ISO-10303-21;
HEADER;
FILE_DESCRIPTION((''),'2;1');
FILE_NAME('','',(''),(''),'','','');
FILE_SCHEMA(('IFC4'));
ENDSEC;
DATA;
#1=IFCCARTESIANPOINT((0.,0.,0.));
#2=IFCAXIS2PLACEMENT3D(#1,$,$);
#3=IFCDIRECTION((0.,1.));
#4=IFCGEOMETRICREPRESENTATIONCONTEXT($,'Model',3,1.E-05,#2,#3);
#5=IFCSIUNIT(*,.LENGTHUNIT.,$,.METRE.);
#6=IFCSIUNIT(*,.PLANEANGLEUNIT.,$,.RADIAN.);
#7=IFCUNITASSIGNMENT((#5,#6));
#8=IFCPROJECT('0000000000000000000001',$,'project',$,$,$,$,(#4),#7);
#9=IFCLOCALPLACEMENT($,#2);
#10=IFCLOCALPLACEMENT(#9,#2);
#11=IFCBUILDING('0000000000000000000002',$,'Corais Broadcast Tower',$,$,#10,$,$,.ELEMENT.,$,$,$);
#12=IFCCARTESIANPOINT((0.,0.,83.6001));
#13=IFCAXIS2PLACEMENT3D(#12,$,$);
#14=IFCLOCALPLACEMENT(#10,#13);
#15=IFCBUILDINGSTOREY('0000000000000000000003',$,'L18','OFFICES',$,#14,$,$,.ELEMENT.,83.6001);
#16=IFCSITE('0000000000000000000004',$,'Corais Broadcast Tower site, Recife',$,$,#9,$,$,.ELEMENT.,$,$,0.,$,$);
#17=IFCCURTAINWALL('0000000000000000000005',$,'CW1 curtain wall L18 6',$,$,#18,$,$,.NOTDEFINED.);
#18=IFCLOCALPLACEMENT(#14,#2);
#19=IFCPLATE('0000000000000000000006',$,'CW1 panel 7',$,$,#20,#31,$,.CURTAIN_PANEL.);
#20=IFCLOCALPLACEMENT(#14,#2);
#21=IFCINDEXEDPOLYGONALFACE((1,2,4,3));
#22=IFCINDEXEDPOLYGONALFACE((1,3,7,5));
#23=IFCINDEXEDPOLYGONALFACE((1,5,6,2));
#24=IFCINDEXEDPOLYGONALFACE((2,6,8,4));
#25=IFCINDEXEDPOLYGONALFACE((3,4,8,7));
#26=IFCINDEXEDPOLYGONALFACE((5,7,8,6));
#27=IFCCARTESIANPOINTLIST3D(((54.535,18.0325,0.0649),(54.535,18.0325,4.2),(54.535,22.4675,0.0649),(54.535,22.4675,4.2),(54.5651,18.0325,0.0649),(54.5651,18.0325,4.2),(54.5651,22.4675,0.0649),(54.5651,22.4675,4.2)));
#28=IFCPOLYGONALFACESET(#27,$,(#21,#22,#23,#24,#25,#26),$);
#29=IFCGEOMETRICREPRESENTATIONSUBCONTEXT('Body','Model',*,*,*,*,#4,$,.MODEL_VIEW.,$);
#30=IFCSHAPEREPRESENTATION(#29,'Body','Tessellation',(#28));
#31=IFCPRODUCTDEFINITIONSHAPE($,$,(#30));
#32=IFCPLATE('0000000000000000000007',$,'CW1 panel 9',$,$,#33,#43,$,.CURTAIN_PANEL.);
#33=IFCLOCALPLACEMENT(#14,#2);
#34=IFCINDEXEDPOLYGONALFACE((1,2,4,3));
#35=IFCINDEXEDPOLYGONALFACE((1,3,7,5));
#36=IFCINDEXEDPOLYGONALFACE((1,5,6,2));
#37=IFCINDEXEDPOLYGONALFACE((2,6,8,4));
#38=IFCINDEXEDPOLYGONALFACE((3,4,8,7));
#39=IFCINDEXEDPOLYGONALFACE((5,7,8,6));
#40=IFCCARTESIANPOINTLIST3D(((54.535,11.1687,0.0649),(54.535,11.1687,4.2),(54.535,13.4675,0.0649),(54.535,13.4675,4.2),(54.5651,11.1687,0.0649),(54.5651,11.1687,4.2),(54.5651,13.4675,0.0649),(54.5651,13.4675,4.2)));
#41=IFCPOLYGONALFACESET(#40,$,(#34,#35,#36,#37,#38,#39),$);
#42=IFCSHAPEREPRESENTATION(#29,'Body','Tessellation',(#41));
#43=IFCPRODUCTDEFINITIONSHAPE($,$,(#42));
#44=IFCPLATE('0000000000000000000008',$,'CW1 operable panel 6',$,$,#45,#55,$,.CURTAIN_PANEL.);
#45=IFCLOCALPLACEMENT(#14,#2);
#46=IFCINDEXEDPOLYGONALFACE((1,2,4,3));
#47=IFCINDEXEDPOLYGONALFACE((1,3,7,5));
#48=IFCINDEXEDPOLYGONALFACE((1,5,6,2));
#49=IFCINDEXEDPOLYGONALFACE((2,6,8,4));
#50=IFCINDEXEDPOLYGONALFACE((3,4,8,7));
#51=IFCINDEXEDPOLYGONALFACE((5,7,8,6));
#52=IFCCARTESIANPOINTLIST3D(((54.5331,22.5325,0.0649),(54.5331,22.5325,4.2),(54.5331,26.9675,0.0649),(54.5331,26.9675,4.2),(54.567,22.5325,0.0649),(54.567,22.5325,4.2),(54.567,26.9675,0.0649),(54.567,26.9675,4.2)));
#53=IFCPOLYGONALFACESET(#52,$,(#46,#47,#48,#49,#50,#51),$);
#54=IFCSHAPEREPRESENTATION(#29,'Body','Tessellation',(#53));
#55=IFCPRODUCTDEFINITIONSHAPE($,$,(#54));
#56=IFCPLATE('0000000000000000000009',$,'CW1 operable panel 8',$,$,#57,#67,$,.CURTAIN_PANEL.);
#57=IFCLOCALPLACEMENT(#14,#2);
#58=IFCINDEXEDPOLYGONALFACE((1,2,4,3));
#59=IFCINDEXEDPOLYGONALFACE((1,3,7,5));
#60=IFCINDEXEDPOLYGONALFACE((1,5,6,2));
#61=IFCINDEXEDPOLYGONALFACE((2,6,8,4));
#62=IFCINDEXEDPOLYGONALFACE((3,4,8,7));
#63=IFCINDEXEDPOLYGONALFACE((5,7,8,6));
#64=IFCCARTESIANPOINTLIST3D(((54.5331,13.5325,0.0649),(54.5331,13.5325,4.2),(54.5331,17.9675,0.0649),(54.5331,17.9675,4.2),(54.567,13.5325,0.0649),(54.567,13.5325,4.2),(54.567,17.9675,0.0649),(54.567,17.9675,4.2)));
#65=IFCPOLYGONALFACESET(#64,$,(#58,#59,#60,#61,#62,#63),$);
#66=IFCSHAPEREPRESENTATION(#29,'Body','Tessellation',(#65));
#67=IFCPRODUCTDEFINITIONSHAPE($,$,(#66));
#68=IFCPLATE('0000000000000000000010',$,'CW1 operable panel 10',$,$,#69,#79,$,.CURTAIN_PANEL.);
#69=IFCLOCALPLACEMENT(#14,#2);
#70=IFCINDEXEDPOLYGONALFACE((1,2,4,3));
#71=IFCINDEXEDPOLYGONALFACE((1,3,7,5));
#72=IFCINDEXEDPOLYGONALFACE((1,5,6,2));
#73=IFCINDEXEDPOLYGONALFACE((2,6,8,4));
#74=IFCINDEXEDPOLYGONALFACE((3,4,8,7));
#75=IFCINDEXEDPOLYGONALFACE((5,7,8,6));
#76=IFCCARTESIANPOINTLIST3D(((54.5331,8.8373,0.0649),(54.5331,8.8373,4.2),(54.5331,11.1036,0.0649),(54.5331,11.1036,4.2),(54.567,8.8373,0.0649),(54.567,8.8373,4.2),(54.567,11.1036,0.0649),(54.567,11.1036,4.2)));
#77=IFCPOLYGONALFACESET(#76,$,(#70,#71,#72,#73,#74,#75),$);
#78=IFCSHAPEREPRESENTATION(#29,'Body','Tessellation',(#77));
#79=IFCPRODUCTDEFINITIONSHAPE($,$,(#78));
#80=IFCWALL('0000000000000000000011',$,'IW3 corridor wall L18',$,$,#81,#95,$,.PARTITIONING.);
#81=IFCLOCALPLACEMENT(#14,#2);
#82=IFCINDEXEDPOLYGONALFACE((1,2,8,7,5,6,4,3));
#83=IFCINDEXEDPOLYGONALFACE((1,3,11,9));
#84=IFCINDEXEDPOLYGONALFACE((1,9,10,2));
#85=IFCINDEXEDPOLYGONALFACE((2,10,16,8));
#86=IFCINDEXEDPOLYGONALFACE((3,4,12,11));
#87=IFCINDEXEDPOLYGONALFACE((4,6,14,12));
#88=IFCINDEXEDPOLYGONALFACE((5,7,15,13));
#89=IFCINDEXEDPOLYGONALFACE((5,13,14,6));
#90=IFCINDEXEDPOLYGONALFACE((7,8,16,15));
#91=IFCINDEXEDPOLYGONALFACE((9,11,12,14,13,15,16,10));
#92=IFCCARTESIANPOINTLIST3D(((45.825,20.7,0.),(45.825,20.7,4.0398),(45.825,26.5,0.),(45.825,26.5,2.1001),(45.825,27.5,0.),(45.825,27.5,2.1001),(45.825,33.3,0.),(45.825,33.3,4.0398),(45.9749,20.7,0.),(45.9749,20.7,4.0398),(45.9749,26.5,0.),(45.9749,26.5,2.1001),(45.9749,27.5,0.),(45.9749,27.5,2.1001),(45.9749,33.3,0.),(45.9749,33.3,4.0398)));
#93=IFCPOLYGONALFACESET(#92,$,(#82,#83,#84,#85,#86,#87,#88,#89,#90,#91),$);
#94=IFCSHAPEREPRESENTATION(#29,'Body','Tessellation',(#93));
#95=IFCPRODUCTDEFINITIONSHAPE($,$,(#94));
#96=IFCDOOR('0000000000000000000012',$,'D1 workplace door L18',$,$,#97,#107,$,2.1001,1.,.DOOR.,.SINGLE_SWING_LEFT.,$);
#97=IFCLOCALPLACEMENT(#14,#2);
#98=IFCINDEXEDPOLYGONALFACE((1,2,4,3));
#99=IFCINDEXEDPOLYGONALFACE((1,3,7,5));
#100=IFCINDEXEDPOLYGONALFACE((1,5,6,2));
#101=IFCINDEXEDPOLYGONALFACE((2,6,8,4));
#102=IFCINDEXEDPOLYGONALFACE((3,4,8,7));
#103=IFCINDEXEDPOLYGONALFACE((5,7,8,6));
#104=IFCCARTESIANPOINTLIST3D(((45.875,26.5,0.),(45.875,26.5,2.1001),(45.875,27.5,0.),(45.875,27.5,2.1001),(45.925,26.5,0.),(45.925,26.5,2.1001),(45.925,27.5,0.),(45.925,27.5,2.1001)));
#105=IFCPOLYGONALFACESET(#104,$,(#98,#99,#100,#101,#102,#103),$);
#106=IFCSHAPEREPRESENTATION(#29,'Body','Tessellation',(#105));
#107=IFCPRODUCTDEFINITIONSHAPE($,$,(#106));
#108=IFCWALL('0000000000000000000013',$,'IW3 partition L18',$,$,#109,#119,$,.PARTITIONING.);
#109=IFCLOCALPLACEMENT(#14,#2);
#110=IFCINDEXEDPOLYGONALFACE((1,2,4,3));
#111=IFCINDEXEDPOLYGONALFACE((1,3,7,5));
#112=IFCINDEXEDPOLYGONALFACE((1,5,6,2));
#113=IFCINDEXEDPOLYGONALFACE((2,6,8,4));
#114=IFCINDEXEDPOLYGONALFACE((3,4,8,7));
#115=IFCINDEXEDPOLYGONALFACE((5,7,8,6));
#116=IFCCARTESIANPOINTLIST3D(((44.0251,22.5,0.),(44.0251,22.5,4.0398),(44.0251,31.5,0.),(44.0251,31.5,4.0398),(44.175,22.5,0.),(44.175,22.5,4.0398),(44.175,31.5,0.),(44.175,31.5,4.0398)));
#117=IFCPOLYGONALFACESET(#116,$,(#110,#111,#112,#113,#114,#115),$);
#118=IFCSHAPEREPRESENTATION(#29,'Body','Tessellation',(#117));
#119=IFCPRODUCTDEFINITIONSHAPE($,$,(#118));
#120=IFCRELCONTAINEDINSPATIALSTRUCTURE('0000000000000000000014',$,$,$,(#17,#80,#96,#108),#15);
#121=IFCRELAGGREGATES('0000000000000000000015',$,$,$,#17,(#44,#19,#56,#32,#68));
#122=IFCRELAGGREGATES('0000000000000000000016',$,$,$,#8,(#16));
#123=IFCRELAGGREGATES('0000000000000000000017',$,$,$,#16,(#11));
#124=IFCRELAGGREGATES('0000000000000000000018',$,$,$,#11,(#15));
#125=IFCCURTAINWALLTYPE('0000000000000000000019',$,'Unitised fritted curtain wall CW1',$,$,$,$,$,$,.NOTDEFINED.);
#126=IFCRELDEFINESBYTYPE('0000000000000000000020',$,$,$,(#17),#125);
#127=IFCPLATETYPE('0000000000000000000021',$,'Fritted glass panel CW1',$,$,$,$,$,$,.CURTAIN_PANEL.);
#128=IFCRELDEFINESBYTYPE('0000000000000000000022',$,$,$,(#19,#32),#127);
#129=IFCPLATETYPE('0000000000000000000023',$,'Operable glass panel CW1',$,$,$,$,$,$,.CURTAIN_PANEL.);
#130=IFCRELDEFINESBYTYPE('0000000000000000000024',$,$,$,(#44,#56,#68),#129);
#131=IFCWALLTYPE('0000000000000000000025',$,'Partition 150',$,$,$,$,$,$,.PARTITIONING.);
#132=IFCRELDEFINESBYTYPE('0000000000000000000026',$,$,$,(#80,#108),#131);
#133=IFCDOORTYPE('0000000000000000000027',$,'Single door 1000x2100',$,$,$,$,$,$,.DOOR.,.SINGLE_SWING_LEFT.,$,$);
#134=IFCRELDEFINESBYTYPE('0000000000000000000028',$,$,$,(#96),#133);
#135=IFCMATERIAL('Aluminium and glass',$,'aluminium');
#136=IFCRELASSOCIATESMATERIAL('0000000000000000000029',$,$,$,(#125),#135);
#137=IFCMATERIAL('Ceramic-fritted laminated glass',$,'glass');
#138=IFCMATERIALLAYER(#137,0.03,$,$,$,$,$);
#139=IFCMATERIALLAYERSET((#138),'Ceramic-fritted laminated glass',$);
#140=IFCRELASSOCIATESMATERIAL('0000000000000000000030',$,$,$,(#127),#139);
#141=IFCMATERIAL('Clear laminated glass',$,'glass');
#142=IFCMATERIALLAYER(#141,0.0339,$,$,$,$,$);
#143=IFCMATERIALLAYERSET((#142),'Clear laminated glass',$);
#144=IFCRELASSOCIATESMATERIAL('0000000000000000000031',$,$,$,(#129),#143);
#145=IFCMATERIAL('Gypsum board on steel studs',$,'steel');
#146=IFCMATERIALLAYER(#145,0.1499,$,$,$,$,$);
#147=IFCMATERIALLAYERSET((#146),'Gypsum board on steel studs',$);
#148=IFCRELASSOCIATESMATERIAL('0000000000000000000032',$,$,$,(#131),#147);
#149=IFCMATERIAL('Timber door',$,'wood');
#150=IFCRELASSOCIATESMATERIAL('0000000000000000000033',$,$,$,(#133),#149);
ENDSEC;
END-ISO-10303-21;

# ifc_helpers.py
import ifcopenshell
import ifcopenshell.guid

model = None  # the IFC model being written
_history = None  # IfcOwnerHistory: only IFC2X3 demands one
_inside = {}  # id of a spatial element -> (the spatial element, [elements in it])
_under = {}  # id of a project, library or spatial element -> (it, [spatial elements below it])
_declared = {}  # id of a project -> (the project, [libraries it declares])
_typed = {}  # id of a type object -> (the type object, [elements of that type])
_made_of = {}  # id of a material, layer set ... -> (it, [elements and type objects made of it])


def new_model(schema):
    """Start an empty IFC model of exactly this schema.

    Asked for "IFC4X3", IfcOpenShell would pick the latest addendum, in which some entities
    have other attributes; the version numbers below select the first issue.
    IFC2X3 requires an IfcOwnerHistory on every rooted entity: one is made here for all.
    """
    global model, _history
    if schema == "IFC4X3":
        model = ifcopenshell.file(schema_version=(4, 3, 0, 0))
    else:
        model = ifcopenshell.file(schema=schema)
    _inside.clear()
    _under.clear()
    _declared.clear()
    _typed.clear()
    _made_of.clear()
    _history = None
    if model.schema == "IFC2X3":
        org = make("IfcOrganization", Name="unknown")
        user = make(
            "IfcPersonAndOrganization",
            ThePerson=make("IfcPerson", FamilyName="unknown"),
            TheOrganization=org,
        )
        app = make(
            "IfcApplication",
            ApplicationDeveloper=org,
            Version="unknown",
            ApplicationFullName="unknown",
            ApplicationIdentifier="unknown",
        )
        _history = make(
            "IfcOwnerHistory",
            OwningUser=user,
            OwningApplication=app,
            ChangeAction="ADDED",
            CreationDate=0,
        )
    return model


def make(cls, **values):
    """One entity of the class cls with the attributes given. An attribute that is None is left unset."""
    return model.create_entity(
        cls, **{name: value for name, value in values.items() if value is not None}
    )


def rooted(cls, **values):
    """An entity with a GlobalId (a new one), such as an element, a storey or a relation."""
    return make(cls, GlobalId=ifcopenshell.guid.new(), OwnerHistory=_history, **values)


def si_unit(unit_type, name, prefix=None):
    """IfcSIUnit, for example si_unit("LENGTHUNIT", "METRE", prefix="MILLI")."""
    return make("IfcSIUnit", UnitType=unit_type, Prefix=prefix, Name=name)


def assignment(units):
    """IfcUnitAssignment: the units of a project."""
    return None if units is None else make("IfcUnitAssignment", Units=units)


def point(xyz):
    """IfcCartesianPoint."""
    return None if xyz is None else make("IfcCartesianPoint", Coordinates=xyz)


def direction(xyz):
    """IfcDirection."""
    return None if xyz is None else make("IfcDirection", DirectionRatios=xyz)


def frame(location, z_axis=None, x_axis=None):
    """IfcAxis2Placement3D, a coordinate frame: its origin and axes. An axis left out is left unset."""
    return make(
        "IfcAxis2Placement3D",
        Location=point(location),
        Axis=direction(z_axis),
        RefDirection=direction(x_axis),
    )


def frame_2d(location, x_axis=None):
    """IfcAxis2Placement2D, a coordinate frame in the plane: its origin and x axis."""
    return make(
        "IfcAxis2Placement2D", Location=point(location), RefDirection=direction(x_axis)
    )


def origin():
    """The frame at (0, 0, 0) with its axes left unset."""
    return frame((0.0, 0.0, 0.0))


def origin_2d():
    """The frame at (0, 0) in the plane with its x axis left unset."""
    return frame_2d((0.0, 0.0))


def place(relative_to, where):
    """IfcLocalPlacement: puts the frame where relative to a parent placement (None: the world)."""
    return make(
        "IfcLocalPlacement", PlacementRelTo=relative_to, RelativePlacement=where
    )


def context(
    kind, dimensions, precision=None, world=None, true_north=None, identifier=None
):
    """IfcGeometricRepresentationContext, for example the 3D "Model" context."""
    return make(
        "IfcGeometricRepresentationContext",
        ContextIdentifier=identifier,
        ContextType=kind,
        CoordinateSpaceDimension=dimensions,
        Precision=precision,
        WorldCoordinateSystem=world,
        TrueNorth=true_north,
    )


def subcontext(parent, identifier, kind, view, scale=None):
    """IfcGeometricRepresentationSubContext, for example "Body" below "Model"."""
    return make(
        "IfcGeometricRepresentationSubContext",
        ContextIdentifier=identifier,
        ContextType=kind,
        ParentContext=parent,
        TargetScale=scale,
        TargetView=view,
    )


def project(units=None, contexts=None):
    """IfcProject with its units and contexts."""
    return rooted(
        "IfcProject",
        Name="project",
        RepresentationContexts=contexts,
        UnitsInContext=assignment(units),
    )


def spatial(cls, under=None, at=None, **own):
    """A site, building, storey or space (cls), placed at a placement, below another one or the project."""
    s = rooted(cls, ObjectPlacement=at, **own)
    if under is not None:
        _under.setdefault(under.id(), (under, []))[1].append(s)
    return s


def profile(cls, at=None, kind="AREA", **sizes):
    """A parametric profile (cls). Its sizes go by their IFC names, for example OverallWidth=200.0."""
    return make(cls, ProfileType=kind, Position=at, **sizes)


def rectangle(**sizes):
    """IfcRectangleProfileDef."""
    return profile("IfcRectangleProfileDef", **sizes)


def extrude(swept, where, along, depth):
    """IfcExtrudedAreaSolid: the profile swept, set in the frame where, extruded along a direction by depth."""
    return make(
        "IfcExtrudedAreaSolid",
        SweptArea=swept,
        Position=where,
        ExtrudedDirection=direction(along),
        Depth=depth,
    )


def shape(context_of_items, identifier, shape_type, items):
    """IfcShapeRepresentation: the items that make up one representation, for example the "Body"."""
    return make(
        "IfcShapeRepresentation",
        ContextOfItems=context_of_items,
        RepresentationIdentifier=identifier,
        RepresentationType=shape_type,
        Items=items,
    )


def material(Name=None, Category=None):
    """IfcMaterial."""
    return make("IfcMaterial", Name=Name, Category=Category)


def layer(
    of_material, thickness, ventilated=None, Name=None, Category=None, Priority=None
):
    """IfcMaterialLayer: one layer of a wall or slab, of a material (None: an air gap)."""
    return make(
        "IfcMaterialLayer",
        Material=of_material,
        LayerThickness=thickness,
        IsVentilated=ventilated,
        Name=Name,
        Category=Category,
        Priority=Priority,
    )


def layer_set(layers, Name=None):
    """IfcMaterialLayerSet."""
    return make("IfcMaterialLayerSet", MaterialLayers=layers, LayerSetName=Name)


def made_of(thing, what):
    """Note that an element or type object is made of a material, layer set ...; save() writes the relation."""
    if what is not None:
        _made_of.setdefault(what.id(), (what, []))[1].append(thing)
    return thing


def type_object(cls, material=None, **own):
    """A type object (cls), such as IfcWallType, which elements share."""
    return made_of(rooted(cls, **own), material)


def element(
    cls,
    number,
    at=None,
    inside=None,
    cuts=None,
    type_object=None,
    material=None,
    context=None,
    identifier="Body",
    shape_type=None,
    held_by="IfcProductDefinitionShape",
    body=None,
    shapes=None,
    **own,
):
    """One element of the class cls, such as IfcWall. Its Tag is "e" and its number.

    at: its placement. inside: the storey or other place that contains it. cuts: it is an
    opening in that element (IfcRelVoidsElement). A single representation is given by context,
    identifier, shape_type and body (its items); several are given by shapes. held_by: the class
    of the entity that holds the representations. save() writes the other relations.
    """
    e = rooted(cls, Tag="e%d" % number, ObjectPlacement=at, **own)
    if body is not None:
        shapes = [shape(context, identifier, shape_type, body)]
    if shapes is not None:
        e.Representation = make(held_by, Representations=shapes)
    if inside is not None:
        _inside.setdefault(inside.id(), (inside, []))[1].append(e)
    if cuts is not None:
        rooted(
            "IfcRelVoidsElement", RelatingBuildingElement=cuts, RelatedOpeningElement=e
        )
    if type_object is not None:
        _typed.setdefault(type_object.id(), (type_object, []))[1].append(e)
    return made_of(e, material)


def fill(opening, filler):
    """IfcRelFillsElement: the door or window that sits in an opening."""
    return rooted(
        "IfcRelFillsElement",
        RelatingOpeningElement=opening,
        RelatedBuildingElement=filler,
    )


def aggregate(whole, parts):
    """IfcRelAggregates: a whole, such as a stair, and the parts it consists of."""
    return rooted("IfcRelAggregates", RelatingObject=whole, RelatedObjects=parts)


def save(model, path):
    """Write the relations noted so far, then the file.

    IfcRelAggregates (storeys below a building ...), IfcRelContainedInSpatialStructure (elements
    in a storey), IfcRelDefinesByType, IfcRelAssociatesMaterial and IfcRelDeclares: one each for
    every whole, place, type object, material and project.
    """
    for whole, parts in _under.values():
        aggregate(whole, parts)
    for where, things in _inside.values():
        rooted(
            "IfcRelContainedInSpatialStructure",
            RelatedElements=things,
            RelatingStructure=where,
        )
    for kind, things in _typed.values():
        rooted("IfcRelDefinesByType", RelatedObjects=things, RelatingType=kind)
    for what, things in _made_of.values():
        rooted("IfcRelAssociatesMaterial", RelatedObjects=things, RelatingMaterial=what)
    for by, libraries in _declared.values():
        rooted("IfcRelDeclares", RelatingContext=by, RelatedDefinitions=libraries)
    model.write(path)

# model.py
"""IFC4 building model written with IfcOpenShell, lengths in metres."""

from ifc_helpers import new_model, si_unit, direction, frame, frame_2d, origin, origin_2d, place, context, subcontext, project, spatial, rectangle, extrude, material, layer, layer_set, type_object, element, fill, aggregate, save


model = new_model("IFC4")

# Units and contexts
model_context = context("Model", 3, precision=1e-05, world=origin(), true_north=direction((0.0, 1.0)))
body_context = subcontext(model_context, "Body", "Model", "MODEL_VIEW")
ifc_project = project(units=[si_unit("LENGTHUNIT", "METRE"), si_unit("PLANEANGLEUNIT", "RADIAN")], contexts=[model_context])

# Site, building, storey
site_placement = place(None, origin())
site = spatial("IfcSite", under=ifc_project, at=site_placement, Name="Corais Broadcast Tower site, Recife", CompositionType="ELEMENT", RefElevation=0.0)
building_placement = place(site_placement, origin())
building = spatial("IfcBuilding", under=site, at=building_placement, Name="Corais Broadcast Tower", CompositionType="ELEMENT")
storey_placement = place(building_placement, frame((0.0, 0.0, 83.6001)))
storey = spatial("IfcBuildingStorey", under=building, at=storey_placement, Name="L18", Description="OFFICES", CompositionType="ELEMENT", Elevation=83.6001)

# Curtain wall
ifc_material_1 = material(Name="Aluminium and glass", Category="aluminium")
curtain_wall_type = type_object("IfcCurtainWallType", Name="Unitised fritted curtain wall CW1", PredefinedType="NOTDEFINED", material=ifc_material_1)
curtain_wall_placement = place(storey_placement, origin())
curtain_wall = element("IfcCurtainWall", 1, at=curtain_wall_placement, inside=storey, type_object=curtain_wall_type, Name="CW1 curtain wall L18 6", PredefinedType="NOTDEFINED")

# Plates
ifc_material_2 = material(Name="Ceramic-fritted laminated glass", Category="glass")
ifc_layer_1 = layer(ifc_material_2, 0.03)
ifc_layer_set_1 = layer_set([ifc_layer_1], Name="Ceramic-fritted laminated glass")
plate_type_1 = type_object("IfcPlateType", Name="Fritted glass panel CW1", PredefinedType="CURTAIN_PANEL", material=ifc_layer_set_1)
plate_1_placement = place(storey_placement, frame((54.55, 20.25, 0.0649), z_axis=(0.0, 0.0, 1.0), x_axis=(0.0, -1.0, 0.0)))
plate_1 = element("IfcPlate", 2, at=plate_1_placement, type_object=plate_type_1, Name="CW1 panel 7", PredefinedType="CURTAIN_PANEL", context=body_context, shape_type="SweptSolid", body=[
    extrude(rectangle(XDim=4.4351, YDim=0.03, at=origin_2d()), origin(), (0.0, 0.0, 1.0), 4.135),
])
plate_2_placement = place(storey_placement, frame((54.55, 12.3181, 0.0649), z_axis=(0.0, 0.0, 1.0), x_axis=(0.0, -1.0, 0.0)))
plate_2 = element("IfcPlate", 3, at=plate_2_placement, type_object=plate_type_1, Name="CW1 panel 9", PredefinedType="CURTAIN_PANEL", context=body_context, shape_type="SweptSolid", body=[
    extrude(rectangle(XDim=2.2988, YDim=0.03, at=origin_2d()), origin(), (0.0, 0.0, 1.0), 4.135),
])
ifc_material_3 = material(Name="Clear laminated glass", Category="glass")
ifc_layer_2 = layer(ifc_material_3, 0.0339)
ifc_layer_set_2 = layer_set([ifc_layer_2], Name="Clear laminated glass")
plate_type_2 = type_object("IfcPlateType", Name="Operable glass panel CW1", PredefinedType="CURTAIN_PANEL", material=ifc_layer_set_2)
plate_3_placement = place(storey_placement, frame((54.55, 24.75, 0.0649), z_axis=(0.0, 0.0, 1.0), x_axis=(0.0, -1.0, 0.0)))
plate_3 = element("IfcPlate", 4, at=plate_3_placement, type_object=plate_type_2, Name="CW1 operable panel 6", PredefinedType="CURTAIN_PANEL", context=body_context, shape_type="SweptSolid", body=[
    extrude(rectangle(XDim=4.4351, YDim=0.0339, at=origin_2d()), origin(), (0.0, 0.0, 1.0), 4.135),
])
plate_4_placement = place(storey_placement, frame((54.55, 15.75, 0.0649), z_axis=(0.0, 0.0, 1.0), x_axis=(0.0, -1.0, 0.0)))
plate_4 = element("IfcPlate", 5, at=plate_4_placement, type_object=plate_type_2, Name="CW1 operable panel 8", PredefinedType="CURTAIN_PANEL", context=body_context, shape_type="SweptSolid", body=[
    extrude(rectangle(XDim=4.4351, YDim=0.0339, at=origin_2d()), origin(), (0.0, 0.0, 1.0), 4.135),
])
plate_5_placement = place(storey_placement, frame((54.55, 9.9705, 0.0649), z_axis=(0.0, 0.0, 1.0), x_axis=(0.0, -1.0, 0.0)))
plate_5 = element("IfcPlate", 6, at=plate_5_placement, type_object=plate_type_2, Name="CW1 operable panel 10", PredefinedType="CURTAIN_PANEL", context=body_context, shape_type="SweptSolid", body=[
    extrude(rectangle(XDim=2.2664, YDim=0.0339, at=origin_2d()), origin(), (0.0, 0.0, 1.0), 4.135),
])
aggregate(curtain_wall, [plate_3, plate_1, plate_4, plate_2, plate_5])

# Wall, opening, door
ifc_material_4 = material(Name="Gypsum board on steel studs", Category="steel")
ifc_layer_3 = layer(ifc_material_4, 0.1499)
ifc_layer_set_3 = layer_set([ifc_layer_3], Name="Gypsum board on steel studs")
wall_type = type_object("IfcWallType", Name="Partition 150", PredefinedType="PARTITIONING", material=ifc_layer_set_3)
wall_1_placement = place(storey_placement, frame((45.8999, 20.7, 0.0), z_axis=(0.0, 0.0, 1.0), x_axis=(0.0, 1.0, 0.0)))
wall_1 = element("IfcWall", 7, at=wall_1_placement, inside=storey, type_object=wall_type, Name="IW3 corridor wall L18", PredefinedType="PARTITIONING", context=body_context, shape_type="SweptSolid", body=[
    extrude(rectangle(XDim=12.6001, YDim=0.1499, at=frame_2d((6.3, 0.0))), origin(), (0.0, 0.0, 1.0), 4.0398),
])
opening_placement = place(wall_1_placement, frame((5.8, 0.0, 0.0)))
opening = element("IfcOpeningElement", 8, at=opening_placement, cuts=wall_1, PredefinedType="OPENING", context=body_context, shape_type="SweptSolid", body=[
    extrude(rectangle(XDim=1.0, YDim=2.1001, at=frame_2d((0.5, 1.05))), frame((0.0, 0.085, 0.0), z_axis=(0.0, -1.0, 0.0), x_axis=(1.0, 0.0, 0.0)), (0.0, 0.0, 1.0), 0.1699),
])
ifc_material_5 = material(Name="Timber door", Category="wood")
door_type = type_object("IfcDoorType", Name="Single door 1000x2100", OperationType="SINGLE_SWING_LEFT", PredefinedType="DOOR", material=ifc_material_5)
door_placement = place(opening_placement, origin())
door = element("IfcDoor", 9, at=door_placement, inside=storey, type_object=door_type, Name="D1 workplace door L18", OperationType="SINGLE_SWING_LEFT", OverallHeight=2.1001, OverallWidth=1.0, PredefinedType="DOOR", context=body_context, shape_type="SweptSolid", body=[
    extrude(rectangle(XDim=1.0, YDim=2.1001, at=frame_2d((0.5, 1.05))), frame((0.0, 0.0249, 0.0), z_axis=(0.0, -1.0, 0.0), x_axis=(1.0, 0.0, 0.0)), (0.0, 0.0, 1.0), 0.05),
])
fill(opening, door)

# Wall
wall_2_placement = place(storey_placement, frame((44.1001, 22.5, 0.0), z_axis=(0.0, 0.0, 1.0), x_axis=(0.0, 1.0, 0.0)))
element("IfcWall", 10, at=wall_2_placement, inside=storey, type_object=wall_type, Name="IW3 partition L18", PredefinedType="PARTITIONING", context=body_context, shape_type="SweptSolid", body=[
    extrude(rectangle(XDim=9.0, YDim=0.1499, at=frame_2d((4.5, 0.0))), origin(), (0.0, 0.0, 1.0), 4.0398),
])

save(model, "model.ifc")
